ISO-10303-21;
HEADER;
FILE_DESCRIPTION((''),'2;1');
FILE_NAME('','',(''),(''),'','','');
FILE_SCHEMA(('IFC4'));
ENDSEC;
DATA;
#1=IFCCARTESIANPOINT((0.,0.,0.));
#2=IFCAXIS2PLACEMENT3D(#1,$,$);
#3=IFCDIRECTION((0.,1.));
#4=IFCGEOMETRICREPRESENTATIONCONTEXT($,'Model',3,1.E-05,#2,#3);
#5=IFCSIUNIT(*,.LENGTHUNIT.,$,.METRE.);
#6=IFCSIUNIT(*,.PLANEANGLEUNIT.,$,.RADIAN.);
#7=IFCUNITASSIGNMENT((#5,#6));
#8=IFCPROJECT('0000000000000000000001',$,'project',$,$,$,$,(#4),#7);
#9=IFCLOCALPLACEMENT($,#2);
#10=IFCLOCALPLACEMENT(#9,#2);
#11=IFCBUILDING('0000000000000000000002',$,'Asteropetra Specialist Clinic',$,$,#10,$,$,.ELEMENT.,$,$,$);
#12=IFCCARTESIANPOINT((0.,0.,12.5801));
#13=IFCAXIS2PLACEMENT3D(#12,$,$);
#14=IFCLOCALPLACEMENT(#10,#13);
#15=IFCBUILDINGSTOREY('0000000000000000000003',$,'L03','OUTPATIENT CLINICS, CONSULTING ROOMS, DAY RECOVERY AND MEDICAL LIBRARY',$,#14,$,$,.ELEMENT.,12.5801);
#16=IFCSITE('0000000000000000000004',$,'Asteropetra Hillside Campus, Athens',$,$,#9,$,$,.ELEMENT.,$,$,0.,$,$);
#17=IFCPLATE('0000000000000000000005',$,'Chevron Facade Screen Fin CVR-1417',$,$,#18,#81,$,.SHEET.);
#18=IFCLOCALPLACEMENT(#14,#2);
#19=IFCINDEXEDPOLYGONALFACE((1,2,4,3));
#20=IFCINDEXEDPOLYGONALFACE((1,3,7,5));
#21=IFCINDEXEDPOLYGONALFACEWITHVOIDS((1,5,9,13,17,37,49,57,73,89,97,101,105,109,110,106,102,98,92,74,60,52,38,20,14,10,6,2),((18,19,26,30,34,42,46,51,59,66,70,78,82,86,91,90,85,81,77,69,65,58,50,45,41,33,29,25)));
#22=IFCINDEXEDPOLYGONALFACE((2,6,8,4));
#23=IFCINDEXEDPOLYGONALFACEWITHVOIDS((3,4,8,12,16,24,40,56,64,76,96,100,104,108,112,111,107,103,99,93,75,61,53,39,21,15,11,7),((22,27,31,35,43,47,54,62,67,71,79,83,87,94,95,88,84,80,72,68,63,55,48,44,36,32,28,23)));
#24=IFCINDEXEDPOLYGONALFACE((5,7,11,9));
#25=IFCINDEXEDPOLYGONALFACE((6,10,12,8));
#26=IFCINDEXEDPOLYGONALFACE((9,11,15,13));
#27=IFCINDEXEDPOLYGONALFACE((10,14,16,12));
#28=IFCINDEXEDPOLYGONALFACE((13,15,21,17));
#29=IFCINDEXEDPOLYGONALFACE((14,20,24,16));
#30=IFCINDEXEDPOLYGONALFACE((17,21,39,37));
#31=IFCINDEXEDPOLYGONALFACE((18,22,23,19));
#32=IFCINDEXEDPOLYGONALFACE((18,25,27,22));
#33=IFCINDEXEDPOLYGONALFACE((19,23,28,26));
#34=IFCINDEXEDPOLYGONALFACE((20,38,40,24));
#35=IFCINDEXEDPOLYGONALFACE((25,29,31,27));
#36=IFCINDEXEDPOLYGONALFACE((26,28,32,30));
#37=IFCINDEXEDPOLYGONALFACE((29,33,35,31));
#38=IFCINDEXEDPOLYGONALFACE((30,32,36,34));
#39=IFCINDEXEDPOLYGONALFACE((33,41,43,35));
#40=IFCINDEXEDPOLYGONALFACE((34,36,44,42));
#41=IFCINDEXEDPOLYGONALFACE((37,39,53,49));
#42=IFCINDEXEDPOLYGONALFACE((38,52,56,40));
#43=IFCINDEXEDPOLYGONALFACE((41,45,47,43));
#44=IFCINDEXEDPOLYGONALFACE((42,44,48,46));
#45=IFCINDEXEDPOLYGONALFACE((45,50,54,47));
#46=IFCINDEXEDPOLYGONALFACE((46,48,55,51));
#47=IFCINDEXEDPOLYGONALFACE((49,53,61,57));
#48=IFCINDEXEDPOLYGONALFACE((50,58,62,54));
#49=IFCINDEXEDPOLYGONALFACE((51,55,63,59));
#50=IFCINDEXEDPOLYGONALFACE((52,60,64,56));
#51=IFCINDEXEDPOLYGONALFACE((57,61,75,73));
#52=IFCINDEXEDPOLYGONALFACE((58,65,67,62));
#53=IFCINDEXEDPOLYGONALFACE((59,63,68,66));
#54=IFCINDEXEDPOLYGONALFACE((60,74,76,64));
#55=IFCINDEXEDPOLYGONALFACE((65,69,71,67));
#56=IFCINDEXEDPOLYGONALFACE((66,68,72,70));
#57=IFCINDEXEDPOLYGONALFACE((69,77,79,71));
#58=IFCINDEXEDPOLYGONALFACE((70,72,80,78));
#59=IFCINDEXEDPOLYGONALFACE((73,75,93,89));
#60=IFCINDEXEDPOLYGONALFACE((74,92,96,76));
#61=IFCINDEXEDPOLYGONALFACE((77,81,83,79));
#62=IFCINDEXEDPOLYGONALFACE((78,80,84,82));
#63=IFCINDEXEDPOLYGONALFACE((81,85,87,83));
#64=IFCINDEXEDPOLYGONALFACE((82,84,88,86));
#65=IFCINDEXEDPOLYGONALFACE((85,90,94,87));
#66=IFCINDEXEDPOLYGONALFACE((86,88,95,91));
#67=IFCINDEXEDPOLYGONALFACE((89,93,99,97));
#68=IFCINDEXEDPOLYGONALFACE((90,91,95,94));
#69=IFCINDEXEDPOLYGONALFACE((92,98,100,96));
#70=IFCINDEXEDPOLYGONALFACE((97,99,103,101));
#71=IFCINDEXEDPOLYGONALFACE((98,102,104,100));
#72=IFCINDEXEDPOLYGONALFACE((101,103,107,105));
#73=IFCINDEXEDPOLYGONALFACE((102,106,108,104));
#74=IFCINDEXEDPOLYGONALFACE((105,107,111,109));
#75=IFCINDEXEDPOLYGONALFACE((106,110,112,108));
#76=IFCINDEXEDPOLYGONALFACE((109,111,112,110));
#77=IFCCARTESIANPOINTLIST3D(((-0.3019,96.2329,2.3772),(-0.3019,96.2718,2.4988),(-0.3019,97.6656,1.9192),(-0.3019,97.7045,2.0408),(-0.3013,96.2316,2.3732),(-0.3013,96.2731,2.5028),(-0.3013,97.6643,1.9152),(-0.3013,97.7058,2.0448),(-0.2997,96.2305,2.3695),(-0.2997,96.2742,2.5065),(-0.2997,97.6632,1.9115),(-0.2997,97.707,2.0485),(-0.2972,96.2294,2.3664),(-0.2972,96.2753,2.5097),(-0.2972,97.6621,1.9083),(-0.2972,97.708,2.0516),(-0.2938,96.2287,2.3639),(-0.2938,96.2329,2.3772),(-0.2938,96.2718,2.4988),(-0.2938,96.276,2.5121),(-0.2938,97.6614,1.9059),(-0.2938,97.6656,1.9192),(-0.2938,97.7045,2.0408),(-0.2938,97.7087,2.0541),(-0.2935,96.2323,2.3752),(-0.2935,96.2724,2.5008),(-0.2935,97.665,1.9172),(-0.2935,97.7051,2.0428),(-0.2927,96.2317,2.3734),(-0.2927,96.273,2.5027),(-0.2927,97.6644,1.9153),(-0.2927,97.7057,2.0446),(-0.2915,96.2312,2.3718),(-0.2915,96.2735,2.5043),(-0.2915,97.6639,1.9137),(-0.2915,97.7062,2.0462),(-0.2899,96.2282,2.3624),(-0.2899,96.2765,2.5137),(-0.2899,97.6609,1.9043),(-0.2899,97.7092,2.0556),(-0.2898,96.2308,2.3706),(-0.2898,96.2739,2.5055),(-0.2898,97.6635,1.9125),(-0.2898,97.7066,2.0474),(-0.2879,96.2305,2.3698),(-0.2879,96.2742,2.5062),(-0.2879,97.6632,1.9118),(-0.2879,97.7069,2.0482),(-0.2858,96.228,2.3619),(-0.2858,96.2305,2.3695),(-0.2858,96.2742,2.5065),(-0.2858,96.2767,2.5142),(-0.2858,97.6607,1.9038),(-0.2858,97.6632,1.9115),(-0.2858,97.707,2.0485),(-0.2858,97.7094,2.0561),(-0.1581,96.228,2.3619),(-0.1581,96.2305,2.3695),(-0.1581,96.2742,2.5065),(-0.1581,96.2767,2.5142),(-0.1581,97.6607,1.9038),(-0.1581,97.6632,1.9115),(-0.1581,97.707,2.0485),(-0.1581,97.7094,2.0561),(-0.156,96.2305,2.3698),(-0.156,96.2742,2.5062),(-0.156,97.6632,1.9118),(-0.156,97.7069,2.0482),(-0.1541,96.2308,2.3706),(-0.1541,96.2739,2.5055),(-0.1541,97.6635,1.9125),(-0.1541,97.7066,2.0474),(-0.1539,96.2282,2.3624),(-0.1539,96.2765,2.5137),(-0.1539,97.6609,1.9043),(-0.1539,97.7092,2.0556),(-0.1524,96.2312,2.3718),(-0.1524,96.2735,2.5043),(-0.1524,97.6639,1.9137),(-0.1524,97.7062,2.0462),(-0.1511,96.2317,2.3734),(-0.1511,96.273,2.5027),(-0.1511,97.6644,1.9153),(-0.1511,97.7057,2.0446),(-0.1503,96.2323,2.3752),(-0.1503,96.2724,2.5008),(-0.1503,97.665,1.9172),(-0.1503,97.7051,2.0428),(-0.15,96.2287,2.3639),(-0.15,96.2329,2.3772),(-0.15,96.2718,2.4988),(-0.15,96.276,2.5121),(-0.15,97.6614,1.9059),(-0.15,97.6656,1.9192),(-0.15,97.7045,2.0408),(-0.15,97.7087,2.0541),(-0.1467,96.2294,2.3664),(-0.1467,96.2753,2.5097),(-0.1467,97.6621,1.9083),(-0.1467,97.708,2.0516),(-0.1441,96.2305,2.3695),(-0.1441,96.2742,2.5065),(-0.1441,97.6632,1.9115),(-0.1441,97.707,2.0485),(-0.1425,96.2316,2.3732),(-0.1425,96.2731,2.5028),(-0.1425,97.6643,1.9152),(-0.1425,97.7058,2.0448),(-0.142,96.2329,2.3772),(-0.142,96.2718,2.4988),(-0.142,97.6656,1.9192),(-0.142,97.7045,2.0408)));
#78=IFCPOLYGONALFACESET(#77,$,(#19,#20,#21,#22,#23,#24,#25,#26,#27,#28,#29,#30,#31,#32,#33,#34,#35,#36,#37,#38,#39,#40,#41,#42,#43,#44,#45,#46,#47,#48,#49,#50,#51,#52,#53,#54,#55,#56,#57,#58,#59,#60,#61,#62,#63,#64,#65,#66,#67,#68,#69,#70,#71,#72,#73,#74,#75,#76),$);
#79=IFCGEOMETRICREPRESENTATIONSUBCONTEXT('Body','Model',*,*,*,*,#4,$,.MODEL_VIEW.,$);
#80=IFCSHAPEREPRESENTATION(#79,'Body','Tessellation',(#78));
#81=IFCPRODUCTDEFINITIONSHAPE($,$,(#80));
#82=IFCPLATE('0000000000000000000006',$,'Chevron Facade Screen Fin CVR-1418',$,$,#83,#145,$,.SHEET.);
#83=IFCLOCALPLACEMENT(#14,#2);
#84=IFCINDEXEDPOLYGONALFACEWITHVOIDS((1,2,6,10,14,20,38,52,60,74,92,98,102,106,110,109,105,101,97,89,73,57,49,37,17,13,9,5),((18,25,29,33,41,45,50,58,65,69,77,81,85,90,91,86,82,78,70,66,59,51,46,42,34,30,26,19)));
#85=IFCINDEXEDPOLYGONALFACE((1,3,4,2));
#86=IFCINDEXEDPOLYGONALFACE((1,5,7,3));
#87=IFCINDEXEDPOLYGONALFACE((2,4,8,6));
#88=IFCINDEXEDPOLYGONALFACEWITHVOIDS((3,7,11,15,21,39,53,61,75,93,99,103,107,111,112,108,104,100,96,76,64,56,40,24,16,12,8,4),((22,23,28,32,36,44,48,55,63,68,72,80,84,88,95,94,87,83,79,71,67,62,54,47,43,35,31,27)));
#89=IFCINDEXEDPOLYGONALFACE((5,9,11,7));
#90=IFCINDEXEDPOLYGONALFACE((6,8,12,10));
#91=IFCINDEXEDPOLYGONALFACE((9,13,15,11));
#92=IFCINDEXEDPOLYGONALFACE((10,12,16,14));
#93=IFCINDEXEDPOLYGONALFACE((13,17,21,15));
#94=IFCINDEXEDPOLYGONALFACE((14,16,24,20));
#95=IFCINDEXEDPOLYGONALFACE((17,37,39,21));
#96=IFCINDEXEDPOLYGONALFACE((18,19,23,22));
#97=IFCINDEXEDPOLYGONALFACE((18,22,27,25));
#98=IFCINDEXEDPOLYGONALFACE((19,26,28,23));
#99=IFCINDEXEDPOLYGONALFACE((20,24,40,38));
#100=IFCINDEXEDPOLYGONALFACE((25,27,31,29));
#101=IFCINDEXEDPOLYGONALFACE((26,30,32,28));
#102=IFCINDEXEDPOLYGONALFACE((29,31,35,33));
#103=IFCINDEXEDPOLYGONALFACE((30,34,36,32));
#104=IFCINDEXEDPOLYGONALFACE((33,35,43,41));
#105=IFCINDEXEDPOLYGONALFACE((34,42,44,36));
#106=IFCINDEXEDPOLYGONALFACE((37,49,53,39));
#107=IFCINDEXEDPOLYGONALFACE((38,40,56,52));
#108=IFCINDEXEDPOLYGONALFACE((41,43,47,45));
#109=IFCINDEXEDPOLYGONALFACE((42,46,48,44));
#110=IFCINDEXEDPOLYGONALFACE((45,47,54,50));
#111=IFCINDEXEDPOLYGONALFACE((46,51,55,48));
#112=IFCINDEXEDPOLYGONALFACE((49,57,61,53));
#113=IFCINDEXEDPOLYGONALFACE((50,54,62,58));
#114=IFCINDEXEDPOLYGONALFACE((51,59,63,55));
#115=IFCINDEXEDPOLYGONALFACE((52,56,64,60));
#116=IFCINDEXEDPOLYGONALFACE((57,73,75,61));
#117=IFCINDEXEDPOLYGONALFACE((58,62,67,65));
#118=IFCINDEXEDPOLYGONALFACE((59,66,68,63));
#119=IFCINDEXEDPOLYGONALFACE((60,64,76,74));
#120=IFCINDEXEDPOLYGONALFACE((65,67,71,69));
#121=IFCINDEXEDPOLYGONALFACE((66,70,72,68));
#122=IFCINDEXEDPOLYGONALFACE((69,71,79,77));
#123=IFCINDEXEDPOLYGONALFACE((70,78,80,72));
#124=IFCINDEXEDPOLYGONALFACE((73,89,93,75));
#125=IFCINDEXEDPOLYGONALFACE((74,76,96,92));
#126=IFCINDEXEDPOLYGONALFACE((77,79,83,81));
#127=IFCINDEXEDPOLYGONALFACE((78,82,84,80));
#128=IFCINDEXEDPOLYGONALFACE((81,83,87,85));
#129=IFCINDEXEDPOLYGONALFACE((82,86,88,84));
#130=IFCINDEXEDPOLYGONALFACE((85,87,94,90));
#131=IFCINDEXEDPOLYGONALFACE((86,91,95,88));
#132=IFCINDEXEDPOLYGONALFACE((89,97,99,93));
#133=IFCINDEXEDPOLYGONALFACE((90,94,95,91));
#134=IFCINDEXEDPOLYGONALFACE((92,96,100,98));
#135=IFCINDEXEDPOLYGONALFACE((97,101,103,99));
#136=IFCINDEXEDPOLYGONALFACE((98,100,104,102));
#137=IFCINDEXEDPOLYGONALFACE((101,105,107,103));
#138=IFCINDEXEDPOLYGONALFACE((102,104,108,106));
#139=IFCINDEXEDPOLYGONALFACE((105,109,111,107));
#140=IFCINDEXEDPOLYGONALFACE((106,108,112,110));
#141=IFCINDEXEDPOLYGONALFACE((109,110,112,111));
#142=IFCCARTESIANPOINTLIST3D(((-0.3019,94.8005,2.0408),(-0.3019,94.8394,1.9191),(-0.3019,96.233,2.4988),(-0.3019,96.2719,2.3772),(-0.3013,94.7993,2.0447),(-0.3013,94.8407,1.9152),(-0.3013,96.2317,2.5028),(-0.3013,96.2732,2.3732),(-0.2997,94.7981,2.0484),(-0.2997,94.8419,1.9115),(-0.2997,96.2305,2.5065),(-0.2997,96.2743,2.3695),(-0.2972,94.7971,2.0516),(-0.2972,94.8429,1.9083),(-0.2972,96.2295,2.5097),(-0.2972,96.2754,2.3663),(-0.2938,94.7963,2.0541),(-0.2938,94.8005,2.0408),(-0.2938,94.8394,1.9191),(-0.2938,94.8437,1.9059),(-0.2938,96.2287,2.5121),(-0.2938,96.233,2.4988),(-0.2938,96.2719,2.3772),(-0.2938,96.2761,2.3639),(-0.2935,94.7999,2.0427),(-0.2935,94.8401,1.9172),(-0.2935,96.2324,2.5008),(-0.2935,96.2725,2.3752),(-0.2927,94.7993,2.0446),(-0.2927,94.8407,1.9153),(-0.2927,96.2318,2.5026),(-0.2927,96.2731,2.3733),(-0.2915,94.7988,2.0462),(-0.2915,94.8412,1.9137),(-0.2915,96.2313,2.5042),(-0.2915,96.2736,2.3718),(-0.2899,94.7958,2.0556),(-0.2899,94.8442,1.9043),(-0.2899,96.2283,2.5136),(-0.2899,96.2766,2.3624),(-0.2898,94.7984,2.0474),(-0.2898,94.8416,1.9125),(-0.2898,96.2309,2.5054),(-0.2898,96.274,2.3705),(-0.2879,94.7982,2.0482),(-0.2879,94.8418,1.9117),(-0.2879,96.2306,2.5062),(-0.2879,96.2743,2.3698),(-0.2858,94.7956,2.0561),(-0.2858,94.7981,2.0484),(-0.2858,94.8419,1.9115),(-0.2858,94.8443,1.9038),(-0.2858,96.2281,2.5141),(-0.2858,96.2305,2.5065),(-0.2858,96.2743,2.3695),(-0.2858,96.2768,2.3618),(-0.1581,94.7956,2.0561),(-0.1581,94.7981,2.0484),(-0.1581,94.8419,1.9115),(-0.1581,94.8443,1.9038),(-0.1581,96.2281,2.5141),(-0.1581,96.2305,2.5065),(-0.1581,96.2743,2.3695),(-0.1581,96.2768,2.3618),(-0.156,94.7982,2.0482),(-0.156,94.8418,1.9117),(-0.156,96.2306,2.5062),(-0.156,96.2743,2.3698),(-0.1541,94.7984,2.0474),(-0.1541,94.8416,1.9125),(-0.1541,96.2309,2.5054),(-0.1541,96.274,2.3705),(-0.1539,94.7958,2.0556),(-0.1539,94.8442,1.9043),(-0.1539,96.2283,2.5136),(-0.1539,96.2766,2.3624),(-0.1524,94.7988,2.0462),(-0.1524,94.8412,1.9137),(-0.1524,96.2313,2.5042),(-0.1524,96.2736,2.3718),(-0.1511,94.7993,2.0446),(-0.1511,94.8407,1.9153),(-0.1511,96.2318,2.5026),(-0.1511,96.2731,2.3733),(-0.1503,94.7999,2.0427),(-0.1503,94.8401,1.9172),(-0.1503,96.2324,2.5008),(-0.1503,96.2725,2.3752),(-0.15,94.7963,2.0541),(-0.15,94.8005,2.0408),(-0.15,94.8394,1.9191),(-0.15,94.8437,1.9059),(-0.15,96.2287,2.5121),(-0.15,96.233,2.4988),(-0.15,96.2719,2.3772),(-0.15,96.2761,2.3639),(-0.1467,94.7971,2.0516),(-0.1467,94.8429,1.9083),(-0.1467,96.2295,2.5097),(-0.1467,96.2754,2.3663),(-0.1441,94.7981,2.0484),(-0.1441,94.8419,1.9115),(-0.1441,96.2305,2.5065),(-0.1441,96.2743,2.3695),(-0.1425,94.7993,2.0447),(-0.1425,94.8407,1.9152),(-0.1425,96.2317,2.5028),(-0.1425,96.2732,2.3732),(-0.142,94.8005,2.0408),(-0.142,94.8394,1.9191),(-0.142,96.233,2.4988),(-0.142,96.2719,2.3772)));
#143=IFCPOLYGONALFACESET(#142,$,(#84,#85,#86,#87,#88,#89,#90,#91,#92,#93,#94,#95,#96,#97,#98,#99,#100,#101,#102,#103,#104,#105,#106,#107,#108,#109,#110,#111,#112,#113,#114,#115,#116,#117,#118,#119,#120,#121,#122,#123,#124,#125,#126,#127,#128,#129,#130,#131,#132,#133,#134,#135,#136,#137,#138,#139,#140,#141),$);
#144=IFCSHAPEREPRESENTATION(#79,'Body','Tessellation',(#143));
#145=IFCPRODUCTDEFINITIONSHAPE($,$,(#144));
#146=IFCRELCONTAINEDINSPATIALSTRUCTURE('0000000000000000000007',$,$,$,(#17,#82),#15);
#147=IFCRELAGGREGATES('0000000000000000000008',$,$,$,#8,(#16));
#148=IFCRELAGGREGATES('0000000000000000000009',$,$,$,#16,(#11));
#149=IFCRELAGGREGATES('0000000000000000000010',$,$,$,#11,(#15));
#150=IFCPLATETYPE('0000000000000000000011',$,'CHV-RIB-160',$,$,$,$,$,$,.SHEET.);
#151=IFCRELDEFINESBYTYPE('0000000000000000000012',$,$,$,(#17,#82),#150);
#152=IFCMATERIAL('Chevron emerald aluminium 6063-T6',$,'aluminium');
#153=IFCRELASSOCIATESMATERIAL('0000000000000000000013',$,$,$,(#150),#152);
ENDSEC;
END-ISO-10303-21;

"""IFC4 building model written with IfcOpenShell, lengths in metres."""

from ifc_helpers import new_model, si_unit, direction, frame, origin, origin_2d, place, context, subcontext, project, spatial, hollow_rectangle, extrude, material, material_profile, profile_set, type_object, element, save


model = new_model("IFC4")

# Units and contexts
model_context = context("Model", 3, precision=1e-05, world=origin(), true_north=direction((0.0, 1.0)))
body_context = subcontext(model_context, "Body", "Model", "MODEL_VIEW")
ifc_project = project(units=[si_unit("LENGTHUNIT", "METRE"), si_unit("PLANEANGLEUNIT", "RADIAN")], contexts=[model_context])

# Site, building, storey
site_placement = place(None, origin())
site = spatial("IfcSite", under=ifc_project, at=site_placement, Name="Asteropetra Hillside Campus, Athens", CompositionType="ELEMENT", RefElevation=0.0)
building_placement = place(site_placement, origin())
building = spatial("IfcBuilding", under=site, at=building_placement, Name="Asteropetra Specialist Clinic", CompositionType="ELEMENT")
storey_placement = place(building_placement, frame((0.0, 0.0, 12.5801)))
storey = spatial("IfcBuildingStorey", under=building, at=storey_placement, Name="L03", Description="OUTPATIENT CLINICS, CONSULTING ROOMS, DAY RECOVERY AND MEDICAL LIBRARY", CompositionType="ELEMENT", Elevation=12.5801)

# Plates
ifc_material_1 = material(Name="Chevron emerald aluminium 6063-T6", Category="aluminium")
ifc_material_profile_1 = material_profile(ifc_material_1, hollow_rectangle(XDim=0.1599, YDim=0.1599, WallThickness=0.0081, InnerFilletRadius=0.0081, OuterFilletRadius=0.0161, at=origin_2d()), Name="SHS 160x160x8.0")
ifc_profile_set_1 = profile_set([ifc_material_profile_1], Name="Chevron emerald aluminium 6063-T6")
plate_type_1 = type_object("IfcPlateType", Name="CHV-RIB-160", PredefinedType="SHEET", material=ifc_profile_set_1)
plate_1_placement = place(storey_placement, frame((-0.2219, 97.6851, 1.98), z_axis=(0.0, -0.952507, 0.304517), x_axis=(1.0, 0.0, 0.0)))
element("IfcPlate", 1, at=plate_1_placement, inside=storey, type_object=plate_type_1, Name="Chevron Facade Screen Fin CVR-1417", PredefinedType="SHEET", context=body_context, shape_type="SweptSolid", body=[
    extrude(hollow_rectangle(XDim=0.1599, YDim=0.1599, WallThickness=0.0081, InnerFilletRadius=0.0081, OuterFilletRadius=0.0161, at=origin_2d()), origin(), (0.0, 0.0, 1.0), 1.5042),
])
plate_2_placement = place(storey_placement, frame((-0.2219, 96.2524, 2.438), z_axis=(0.0, -0.952492, -0.304564), x_axis=(1.0, 0.0, 0.0)))
element("IfcPlate", 2, at=plate_2_placement, inside=storey, type_object=plate_type_1, Name="Chevron Facade Screen Fin CVR-1418", PredefinedType="SHEET", context=body_context, shape_type="SweptSolid", body=[
    extrude(hollow_rectangle(XDim=0.1599, YDim=0.1599, WallThickness=0.0081, InnerFilletRadius=0.0081, OuterFilletRadius=0.0161, at=origin_2d()), origin(), (0.0, 0.0, 1.0), 1.5039),
])

save(model, "model.ifc")
